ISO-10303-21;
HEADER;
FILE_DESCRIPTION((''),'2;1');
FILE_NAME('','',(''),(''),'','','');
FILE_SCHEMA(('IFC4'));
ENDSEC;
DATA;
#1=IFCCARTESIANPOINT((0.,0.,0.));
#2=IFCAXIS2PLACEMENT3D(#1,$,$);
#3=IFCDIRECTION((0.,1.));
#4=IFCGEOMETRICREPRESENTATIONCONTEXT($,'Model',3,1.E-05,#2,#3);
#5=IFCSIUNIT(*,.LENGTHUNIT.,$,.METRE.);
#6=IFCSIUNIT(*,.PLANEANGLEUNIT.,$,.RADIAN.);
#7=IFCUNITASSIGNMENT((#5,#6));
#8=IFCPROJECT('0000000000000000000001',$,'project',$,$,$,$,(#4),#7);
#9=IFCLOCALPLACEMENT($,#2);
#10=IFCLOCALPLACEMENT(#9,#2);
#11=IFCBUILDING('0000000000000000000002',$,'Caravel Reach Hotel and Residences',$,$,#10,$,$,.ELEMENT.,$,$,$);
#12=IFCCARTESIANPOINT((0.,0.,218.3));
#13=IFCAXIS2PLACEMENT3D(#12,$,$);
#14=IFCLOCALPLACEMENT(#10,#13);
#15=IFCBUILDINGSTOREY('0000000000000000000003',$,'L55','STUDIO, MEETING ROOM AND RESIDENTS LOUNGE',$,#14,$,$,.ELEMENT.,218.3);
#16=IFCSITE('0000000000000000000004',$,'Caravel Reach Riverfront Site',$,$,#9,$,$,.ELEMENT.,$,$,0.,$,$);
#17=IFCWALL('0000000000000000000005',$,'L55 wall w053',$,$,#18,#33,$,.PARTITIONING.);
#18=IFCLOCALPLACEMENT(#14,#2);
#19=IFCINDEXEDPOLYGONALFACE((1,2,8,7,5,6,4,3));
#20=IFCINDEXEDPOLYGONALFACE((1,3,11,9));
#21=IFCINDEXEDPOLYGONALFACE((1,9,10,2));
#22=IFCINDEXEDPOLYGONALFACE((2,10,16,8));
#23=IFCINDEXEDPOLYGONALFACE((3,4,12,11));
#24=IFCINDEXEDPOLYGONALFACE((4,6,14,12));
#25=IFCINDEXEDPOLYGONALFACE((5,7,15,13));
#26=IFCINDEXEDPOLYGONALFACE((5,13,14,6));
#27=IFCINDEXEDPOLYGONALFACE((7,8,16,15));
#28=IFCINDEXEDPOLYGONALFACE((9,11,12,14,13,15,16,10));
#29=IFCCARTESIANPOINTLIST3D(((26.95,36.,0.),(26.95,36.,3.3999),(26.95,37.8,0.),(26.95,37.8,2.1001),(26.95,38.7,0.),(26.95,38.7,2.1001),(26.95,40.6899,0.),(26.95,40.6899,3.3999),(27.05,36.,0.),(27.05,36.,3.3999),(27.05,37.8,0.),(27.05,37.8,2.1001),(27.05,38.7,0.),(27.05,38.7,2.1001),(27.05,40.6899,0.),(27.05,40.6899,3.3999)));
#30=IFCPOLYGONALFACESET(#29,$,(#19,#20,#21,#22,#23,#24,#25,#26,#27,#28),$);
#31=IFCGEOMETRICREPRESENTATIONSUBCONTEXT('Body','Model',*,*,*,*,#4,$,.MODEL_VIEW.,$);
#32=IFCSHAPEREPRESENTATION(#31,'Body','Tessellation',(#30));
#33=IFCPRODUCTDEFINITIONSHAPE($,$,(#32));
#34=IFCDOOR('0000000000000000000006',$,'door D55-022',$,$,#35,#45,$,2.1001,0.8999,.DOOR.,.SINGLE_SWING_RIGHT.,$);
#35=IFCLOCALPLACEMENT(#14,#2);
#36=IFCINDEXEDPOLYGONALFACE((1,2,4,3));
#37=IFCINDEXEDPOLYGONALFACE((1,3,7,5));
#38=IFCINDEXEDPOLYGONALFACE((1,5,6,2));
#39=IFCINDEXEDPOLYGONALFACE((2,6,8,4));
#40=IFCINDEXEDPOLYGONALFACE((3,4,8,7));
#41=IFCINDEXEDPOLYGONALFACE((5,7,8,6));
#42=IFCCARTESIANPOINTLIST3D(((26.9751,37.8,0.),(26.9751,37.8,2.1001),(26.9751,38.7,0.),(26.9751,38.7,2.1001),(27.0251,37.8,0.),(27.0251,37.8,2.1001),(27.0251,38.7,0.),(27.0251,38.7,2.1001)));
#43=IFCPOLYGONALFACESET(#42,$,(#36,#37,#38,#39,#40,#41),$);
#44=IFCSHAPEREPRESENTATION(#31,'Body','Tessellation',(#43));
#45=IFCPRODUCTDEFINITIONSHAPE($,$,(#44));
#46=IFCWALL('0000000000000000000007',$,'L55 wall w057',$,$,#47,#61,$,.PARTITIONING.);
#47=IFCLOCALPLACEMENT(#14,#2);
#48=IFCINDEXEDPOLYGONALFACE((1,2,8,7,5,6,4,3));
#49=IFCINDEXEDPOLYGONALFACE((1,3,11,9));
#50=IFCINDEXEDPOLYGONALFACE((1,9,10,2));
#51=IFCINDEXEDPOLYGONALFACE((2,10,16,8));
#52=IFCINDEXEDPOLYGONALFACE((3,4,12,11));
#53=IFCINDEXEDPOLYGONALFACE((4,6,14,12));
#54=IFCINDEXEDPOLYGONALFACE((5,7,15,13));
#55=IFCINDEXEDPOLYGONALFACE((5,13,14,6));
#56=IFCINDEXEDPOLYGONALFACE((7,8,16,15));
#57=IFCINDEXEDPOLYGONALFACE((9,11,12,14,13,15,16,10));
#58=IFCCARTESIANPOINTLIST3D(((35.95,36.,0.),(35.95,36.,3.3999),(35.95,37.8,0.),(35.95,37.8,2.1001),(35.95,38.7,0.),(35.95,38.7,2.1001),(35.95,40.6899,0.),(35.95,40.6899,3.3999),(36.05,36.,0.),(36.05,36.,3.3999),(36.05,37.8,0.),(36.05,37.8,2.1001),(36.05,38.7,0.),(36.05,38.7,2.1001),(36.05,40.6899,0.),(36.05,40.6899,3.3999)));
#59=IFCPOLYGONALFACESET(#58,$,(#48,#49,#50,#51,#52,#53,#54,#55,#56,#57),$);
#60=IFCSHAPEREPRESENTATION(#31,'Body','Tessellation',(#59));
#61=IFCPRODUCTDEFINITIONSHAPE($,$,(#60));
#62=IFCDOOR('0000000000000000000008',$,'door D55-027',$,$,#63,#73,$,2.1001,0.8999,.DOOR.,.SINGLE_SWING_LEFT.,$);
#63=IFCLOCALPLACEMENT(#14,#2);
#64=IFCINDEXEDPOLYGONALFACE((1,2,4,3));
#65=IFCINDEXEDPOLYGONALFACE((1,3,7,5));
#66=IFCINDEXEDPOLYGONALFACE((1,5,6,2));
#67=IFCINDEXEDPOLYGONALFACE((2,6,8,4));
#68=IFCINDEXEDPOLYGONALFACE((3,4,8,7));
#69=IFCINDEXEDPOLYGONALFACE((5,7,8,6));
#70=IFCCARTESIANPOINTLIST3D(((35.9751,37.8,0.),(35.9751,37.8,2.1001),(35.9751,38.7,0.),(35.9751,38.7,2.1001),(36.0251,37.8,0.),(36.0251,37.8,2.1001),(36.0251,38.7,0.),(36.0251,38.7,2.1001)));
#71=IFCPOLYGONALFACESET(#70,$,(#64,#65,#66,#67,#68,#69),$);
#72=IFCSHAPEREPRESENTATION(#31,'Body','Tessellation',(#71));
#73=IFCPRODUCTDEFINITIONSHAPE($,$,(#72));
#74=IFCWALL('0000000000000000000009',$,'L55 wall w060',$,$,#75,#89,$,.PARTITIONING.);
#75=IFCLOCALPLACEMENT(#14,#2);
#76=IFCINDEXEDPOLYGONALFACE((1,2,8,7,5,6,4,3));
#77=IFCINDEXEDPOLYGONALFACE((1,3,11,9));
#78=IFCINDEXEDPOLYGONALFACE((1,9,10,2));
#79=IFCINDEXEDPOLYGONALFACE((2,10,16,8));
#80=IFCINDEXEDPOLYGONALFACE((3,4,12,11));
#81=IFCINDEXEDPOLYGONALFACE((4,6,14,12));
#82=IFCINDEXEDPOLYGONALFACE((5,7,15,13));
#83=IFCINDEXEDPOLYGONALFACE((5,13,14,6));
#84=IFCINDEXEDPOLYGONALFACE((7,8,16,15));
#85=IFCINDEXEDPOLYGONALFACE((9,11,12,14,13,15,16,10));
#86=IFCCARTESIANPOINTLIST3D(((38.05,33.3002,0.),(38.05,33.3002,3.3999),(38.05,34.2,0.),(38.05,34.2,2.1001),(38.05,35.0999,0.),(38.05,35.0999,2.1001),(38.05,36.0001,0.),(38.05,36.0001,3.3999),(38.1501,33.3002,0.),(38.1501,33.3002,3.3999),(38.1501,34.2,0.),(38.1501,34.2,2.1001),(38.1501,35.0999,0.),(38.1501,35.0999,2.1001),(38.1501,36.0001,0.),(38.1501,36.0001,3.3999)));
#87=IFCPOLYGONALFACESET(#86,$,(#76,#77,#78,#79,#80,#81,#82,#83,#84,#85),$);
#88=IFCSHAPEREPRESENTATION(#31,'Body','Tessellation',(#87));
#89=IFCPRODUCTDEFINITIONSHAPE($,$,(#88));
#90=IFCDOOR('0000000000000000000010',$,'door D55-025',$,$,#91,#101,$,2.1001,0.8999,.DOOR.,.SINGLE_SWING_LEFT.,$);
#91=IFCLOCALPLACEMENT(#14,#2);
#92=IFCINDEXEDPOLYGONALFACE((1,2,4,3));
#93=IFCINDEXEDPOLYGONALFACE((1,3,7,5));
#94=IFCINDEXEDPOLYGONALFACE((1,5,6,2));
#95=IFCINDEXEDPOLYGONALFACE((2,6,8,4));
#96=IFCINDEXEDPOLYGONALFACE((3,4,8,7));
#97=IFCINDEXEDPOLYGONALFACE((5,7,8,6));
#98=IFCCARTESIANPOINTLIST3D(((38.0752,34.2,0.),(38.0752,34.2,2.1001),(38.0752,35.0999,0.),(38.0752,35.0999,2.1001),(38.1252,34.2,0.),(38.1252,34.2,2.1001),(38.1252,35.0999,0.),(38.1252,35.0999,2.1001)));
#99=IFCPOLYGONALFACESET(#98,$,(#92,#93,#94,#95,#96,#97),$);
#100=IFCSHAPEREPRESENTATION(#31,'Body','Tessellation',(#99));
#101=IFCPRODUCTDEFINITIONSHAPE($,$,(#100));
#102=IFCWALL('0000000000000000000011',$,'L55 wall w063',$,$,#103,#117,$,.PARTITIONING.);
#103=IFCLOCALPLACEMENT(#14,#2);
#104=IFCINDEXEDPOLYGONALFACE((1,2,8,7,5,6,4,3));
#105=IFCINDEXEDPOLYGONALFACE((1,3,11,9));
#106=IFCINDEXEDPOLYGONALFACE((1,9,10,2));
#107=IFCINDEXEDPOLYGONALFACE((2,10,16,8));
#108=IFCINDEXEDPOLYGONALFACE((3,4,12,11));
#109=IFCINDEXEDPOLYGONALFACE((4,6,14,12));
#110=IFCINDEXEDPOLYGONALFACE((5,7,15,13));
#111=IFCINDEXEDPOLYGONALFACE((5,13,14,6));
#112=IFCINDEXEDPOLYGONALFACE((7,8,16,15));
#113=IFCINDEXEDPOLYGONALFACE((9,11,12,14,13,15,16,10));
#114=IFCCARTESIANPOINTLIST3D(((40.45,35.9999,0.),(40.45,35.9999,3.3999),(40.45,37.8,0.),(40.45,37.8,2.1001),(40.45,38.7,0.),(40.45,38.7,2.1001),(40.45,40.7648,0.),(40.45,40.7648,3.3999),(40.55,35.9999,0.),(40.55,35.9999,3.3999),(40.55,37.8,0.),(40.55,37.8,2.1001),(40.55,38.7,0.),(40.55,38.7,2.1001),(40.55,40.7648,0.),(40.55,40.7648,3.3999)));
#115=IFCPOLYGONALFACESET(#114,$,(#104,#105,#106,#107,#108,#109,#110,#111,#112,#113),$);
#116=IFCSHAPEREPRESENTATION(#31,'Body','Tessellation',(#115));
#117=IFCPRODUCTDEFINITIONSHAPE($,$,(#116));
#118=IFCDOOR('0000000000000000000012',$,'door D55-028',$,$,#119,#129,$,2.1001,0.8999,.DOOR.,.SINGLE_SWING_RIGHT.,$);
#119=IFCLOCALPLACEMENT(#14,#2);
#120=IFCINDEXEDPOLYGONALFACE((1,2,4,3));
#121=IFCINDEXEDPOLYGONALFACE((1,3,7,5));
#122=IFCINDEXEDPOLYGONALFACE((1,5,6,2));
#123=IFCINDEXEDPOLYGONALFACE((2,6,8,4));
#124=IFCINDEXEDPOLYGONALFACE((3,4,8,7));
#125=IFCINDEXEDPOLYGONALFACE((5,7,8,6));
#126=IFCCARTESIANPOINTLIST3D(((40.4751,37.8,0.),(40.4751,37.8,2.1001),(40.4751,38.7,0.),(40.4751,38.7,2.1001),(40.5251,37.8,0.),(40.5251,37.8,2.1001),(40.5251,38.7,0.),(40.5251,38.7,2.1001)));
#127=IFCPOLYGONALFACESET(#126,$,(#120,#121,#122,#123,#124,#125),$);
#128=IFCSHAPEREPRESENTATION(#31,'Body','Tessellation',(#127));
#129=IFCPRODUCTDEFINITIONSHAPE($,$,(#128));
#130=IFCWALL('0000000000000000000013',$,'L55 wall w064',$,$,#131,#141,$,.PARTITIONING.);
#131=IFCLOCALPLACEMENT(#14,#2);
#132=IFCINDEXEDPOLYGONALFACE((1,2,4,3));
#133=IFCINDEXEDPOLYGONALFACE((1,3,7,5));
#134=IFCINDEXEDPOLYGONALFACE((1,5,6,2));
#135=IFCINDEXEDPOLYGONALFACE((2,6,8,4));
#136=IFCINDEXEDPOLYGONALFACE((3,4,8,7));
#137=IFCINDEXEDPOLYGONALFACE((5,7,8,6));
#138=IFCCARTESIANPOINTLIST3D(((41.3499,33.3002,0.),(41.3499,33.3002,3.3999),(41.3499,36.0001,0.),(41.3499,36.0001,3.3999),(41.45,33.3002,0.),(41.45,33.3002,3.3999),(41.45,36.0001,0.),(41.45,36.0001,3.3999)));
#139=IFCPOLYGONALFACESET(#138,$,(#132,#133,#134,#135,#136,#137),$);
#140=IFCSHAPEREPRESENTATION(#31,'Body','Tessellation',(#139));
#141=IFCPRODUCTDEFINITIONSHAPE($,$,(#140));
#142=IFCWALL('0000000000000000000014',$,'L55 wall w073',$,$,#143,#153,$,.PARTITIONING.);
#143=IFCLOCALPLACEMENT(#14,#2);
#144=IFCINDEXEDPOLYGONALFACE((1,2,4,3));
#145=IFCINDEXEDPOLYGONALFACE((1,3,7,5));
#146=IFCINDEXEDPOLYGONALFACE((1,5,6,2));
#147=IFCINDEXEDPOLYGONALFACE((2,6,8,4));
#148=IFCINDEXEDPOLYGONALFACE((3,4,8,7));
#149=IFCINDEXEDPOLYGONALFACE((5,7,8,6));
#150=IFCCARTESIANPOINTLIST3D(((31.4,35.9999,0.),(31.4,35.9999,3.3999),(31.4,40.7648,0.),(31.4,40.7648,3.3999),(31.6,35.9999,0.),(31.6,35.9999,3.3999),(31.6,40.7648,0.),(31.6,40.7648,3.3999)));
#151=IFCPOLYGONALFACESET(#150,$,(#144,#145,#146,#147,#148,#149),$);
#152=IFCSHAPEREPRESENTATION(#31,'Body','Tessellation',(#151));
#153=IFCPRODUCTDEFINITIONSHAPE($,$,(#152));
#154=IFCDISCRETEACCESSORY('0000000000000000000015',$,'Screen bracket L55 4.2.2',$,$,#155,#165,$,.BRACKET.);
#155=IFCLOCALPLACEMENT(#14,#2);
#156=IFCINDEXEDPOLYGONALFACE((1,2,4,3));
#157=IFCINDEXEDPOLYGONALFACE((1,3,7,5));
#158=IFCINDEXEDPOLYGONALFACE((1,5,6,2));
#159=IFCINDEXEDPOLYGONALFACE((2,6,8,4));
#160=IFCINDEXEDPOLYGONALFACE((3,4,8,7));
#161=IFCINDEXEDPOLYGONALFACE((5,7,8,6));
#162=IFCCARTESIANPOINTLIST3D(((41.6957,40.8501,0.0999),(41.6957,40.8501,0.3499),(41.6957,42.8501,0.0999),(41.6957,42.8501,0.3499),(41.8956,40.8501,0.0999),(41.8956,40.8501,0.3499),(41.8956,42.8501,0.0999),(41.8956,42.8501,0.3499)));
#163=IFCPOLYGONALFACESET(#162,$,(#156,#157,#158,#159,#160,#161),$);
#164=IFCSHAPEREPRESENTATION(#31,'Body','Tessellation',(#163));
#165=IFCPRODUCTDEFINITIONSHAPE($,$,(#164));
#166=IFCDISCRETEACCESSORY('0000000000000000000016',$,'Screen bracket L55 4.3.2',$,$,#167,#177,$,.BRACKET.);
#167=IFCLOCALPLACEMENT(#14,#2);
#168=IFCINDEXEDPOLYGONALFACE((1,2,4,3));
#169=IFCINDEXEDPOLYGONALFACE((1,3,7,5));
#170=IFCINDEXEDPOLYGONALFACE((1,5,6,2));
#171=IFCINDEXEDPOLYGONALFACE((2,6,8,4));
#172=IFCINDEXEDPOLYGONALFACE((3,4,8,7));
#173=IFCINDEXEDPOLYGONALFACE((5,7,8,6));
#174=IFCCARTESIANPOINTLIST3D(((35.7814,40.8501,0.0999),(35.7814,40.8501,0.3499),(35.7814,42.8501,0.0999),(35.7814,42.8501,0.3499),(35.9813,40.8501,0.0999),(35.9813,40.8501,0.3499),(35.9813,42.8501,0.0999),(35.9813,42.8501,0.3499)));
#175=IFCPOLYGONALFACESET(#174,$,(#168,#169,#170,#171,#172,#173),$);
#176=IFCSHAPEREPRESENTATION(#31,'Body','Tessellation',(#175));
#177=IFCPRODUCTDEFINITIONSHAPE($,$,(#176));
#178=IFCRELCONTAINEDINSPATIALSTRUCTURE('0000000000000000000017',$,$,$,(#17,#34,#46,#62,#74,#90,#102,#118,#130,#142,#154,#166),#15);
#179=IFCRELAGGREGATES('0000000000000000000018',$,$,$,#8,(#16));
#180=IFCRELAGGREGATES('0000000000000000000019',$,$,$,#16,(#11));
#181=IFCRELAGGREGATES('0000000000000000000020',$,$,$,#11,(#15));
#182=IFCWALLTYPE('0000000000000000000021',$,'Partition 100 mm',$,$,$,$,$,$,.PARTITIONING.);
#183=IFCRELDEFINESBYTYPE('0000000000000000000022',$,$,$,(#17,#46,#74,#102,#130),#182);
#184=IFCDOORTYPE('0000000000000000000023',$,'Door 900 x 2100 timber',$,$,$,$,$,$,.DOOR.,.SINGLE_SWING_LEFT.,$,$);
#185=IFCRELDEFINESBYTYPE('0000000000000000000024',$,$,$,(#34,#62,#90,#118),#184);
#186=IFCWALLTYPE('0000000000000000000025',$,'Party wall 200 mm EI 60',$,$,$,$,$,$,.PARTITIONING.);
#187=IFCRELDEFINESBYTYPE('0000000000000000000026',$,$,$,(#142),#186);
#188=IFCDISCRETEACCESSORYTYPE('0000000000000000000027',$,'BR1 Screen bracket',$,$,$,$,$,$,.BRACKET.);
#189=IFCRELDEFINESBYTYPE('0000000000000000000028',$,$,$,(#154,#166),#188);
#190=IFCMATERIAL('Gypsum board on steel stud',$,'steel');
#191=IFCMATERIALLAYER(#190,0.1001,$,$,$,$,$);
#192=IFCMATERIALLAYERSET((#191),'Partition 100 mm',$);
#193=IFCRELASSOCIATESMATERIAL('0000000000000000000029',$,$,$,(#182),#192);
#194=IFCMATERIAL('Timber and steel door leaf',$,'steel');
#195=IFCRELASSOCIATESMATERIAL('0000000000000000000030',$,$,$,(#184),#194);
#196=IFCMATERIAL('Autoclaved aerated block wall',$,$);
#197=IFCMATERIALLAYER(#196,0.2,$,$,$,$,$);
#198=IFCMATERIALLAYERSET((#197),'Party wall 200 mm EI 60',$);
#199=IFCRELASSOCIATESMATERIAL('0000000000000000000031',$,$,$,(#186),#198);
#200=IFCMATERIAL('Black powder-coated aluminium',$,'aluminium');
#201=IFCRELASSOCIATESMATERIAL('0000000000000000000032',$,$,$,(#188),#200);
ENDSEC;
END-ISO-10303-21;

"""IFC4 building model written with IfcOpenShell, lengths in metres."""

from ifc_helpers import new_model, si_unit, direction, frame, frame_2d, origin, origin_2d, place, context, subcontext, project, spatial, rectangle, extrude, material, layer, layer_set, type_object, element, fill, save


model = new_model("IFC4")

# Units and contexts
model_context = context("Model", 3, precision=1e-05, world=origin(), true_north=direction((0.0, 1.0)))
body_context = subcontext(model_context, "Body", "Model", "MODEL_VIEW")
ifc_project = project(units=[si_unit("LENGTHUNIT", "METRE"), si_unit("PLANEANGLEUNIT", "RADIAN")], contexts=[model_context])

# Site, building, storey
site_placement = place(None, origin())
site = spatial("IfcSite", under=ifc_project, at=site_placement, Name="Caravel Reach Riverfront Site", CompositionType="ELEMENT", RefElevation=0.0)
building_placement = place(site_placement, origin())
building = spatial("IfcBuilding", under=site, at=building_placement, Name="Caravel Reach Hotel and Residences", CompositionType="ELEMENT")
storey_placement = place(building_placement, frame((0.0, 0.0, 218.3)))
storey = spatial("IfcBuildingStorey", under=building, at=storey_placement, Name="L55", Description="STUDIO, MEETING ROOM AND RESIDENTS LOUNGE", CompositionType="ELEMENT", Elevation=218.3)

# Shared definitions
ifc_material_1 = material(Name="Gypsum board on steel stud", Category="steel")
ifc_layer_1 = layer(ifc_material_1, 0.1001)
ifc_layer_set_1 = layer_set([ifc_layer_1], Name="Partition 100 mm")
wall_type_1 = type_object("IfcWallType", Name="Partition 100 mm", PredefinedType="PARTITIONING", material=ifc_layer_set_1)

# Walls, openings, doors
ifc_material_2 = material(Name="Timber and steel door leaf", Category="steel")
door_type_1 = type_object("IfcDoorType", Name="Door 900 x 2100 timber", OperationType="SINGLE_SWING_LEFT", PredefinedType="DOOR", material=ifc_material_2)
wall_1_placement = place(storey_placement, frame((27.0, 36.0, 0.0), z_axis=(0.0, 0.0, 1.0), x_axis=(0.0, 1.0, 0.0)))
wall_1 = element("IfcWall", 1, at=wall_1_placement, inside=storey, type_object=wall_type_1, Name="L55 wall w053", PredefinedType="PARTITIONING", context=body_context, shape_type="SweptSolid", body=[
    extrude(rectangle(XDim=4.6899, YDim=0.1001, at=frame_2d((2.345, 0.0))), origin(), (0.0, 0.0, 1.0), 3.3999),
])
opening_1_placement = place(wall_1_placement, frame((1.8, 0.0, 0.0)))
opening_1 = element("IfcOpeningElement", 2, at=opening_1_placement, cuts=wall_1, PredefinedType="OPENING", context=body_context, shape_type="SweptSolid", body=[
    extrude(rectangle(XDim=0.8999, YDim=2.1001, at=frame_2d((0.45, 1.05))), frame((0.0, 0.0601, 0.0), z_axis=(0.0, -1.0, 0.0), x_axis=(1.0, 0.0, 0.0)), (0.0, 0.0, 1.0), 0.1201),
])
door_1_placement = place(opening_1_placement, origin())
door_1 = element("IfcDoor", 3, at=door_1_placement, inside=storey, type_object=door_type_1, Name="door D55-022", OperationType="SINGLE_SWING_RIGHT", OverallHeight=2.1001, OverallWidth=0.8999, PredefinedType="DOOR", context=body_context, shape_type="SweptSolid", body=[
    extrude(rectangle(XDim=0.8999, YDim=2.1001, at=frame_2d((0.45, 1.05))), frame((0.0, 0.0249, 0.0), z_axis=(0.0, -1.0, 0.0), x_axis=(1.0, 0.0, 0.0)), (0.0, 0.0, 1.0), 0.05),
])
fill(opening_1, door_1)
wall_2_placement = place(storey_placement, frame((36.0, 36.0, 0.0), z_axis=(0.0, 0.0, 1.0), x_axis=(0.0, 1.0, 0.0)))
wall_2 = element("IfcWall", 4, at=wall_2_placement, inside=storey, type_object=wall_type_1, Name="L55 wall w057", PredefinedType="PARTITIONING", context=body_context, shape_type="SweptSolid", body=[
    extrude(rectangle(XDim=4.6899, YDim=0.1001, at=frame_2d((2.345, 0.0))), origin(), (0.0, 0.0, 1.0), 3.3999),
])
opening_2_placement = place(wall_2_placement, frame((1.8, 0.0, 0.0)))
opening_2 = element("IfcOpeningElement", 5, at=opening_2_placement, cuts=wall_2, PredefinedType="OPENING", context=body_context, shape_type="SweptSolid", body=[
    extrude(rectangle(XDim=0.8999, YDim=2.1001, at=frame_2d((0.45, 1.05))), frame((0.0, 0.0601, 0.0), z_axis=(0.0, -1.0, 0.0), x_axis=(1.0, 0.0, 0.0)), (0.0, 0.0, 1.0), 0.1201),
])
door_2_placement = place(opening_2_placement, origin())
door_2 = element("IfcDoor", 6, at=door_2_placement, inside=storey, type_object=door_type_1, Name="door D55-027", OperationType="SINGLE_SWING_LEFT", OverallHeight=2.1001, OverallWidth=0.8999, PredefinedType="DOOR", context=body_context, shape_type="SweptSolid", body=[
    extrude(rectangle(XDim=0.8999, YDim=2.1001, at=frame_2d((0.45, 1.05))), frame((0.0, 0.0249, 0.0), z_axis=(0.0, -1.0, 0.0), x_axis=(1.0, 0.0, 0.0)), (0.0, 0.0, 1.0), 0.05),
])
fill(opening_2, door_2)
wall_3_placement = place(storey_placement, frame((38.1001, 33.3, 0.0), z_axis=(0.0, 0.0, 1.0), x_axis=(0.0, 1.0, 0.0)))
wall_3 = element("IfcWall", 7, at=wall_3_placement, inside=storey, type_object=wall_type_1, Name="L55 wall w060", PredefinedType="PARTITIONING", context=body_context, shape_type="SweptSolid", body=[
    extrude(rectangle(XDim=2.7, YDim=0.1001, at=frame_2d((1.3501, 0.0))), origin(), (0.0, 0.0, 1.0), 3.3999),
])
opening_3_placement = place(wall_3_placement, frame((0.8999, 0.0, 0.0)))
opening_3 = element("IfcOpeningElement", 8, at=opening_3_placement, cuts=wall_3, PredefinedType="OPENING", context=body_context, shape_type="SweptSolid", body=[
    extrude(rectangle(XDim=0.8999, YDim=2.1001, at=frame_2d((0.45, 1.05))), frame((0.0, 0.0601, 0.0), z_axis=(0.0, -1.0, 0.0), x_axis=(1.0, 0.0, 0.0)), (0.0, 0.0, 1.0), 0.1201),
])
door_3_placement = place(opening_3_placement, origin())
door_3 = element("IfcDoor", 9, at=door_3_placement, inside=storey, type_object=door_type_1, Name="door D55-025", OperationType="SINGLE_SWING_LEFT", OverallHeight=2.1001, OverallWidth=0.8999, PredefinedType="DOOR", context=body_context, shape_type="SweptSolid", body=[
    extrude(rectangle(XDim=0.8999, YDim=2.1001, at=frame_2d((0.45, 1.05))), frame((0.0, 0.0249, 0.0), z_axis=(0.0, -1.0, 0.0), x_axis=(1.0, 0.0, 0.0)), (0.0, 0.0, 1.0), 0.05),
])
fill(opening_3, door_3)
wall_4_placement = place(storey_placement, frame((40.5, 36.0, 0.0), z_axis=(0.0, 0.0, 1.0), x_axis=(0.0, 1.0, 0.0)))
wall_4 = element("IfcWall", 10, at=wall_4_placement, inside=storey, type_object=wall_type_1, Name="L55 wall w063", PredefinedType="PARTITIONING", context=body_context, shape_type="SweptSolid", body=[
    extrude(rectangle(XDim=4.7649, YDim=0.1001, at=frame_2d((2.3823, 0.0))), origin(), (0.0, 0.0, 1.0), 3.3999),
])
opening_4_placement = place(wall_4_placement, frame((1.8, 0.0, 0.0)))
opening_4 = element("IfcOpeningElement", 11, at=opening_4_placement, cuts=wall_4, PredefinedType="OPENING", context=body_context, shape_type="SweptSolid", body=[
    extrude(rectangle(XDim=0.8999, YDim=2.1001, at=frame_2d((0.45, 1.05))), frame((0.0, 0.0601, 0.0), z_axis=(0.0, -1.0, 0.0), x_axis=(1.0, 0.0, 0.0)), (0.0, 0.0, 1.0), 0.1201),
])
door_4_placement = place(opening_4_placement, origin())
door_4 = element("IfcDoor", 12, at=door_4_placement, inside=storey, type_object=door_type_1, Name="door D55-028", OperationType="SINGLE_SWING_RIGHT", OverallHeight=2.1001, OverallWidth=0.8999, PredefinedType="DOOR", context=body_context, shape_type="SweptSolid", body=[
    extrude(rectangle(XDim=0.8999, YDim=2.1001, at=frame_2d((0.45, 1.05))), frame((0.0, 0.0249, 0.0), z_axis=(0.0, -1.0, 0.0), x_axis=(1.0, 0.0, 0.0)), (0.0, 0.0, 1.0), 0.05),
])
fill(opening_4, door_4)

# Walls
wall_5_placement = place(storey_placement, frame((41.3999, 33.3, 0.0), z_axis=(0.0, 0.0, 1.0), x_axis=(0.0, 1.0, 0.0)))
element("IfcWall", 13, at=wall_5_placement, inside=storey, type_object=wall_type_1, Name="L55 wall w064", PredefinedType="PARTITIONING", context=body_context, shape_type="SweptSolid", body=[
    extrude(rectangle(XDim=2.7, YDim=0.1001, at=frame_2d((1.3501, 0.0))), origin(), (0.0, 0.0, 1.0), 3.3999),
])
ifc_material_3 = material(Name="Autoclaved aerated block wall")
ifc_layer_2 = layer(ifc_material_3, 0.2)
ifc_layer_set_2 = layer_set([ifc_layer_2], Name="Party wall 200 mm EI 60")
wall_type_2 = type_object("IfcWallType", Name="Party wall 200 mm EI 60", PredefinedType="PARTITIONING", material=ifc_layer_set_2)
wall_6_placement = place(storey_placement, frame((31.5, 36.0, 0.0), z_axis=(0.0, 0.0, 1.0), x_axis=(0.0, 1.0, 0.0)))
element("IfcWall", 14, at=wall_6_placement, inside=storey, type_object=wall_type_2, Name="L55 wall w073", PredefinedType="PARTITIONING", context=body_context, shape_type="SweptSolid", body=[
    extrude(rectangle(XDim=4.7649, YDim=0.2, at=frame_2d((2.3823, 0.0))), origin(), (0.0, 0.0, 1.0), 3.3999),
])

# Discrete accessories
ifc_material_4 = material(Name="Black powder-coated aluminium", Category="aluminium")
discrete_accessory_type = type_object("IfcDiscreteAccessoryType", Name="BR1 Screen bracket", PredefinedType="BRACKET", material=ifc_material_4)
for number, where, z_axis, x_axis, name in (
    (15, (41.7957, 41.8501, 0.0999), (0.0, 0.0, 1.0), (0.0, 1.0, 0.0), "Screen bracket L55 4.2.2"),
    (16, (35.8813, 41.8501, 0.0999), (0.0, 0.0, 1.0), (0.0, 1.0, 0.0), "Screen bracket L55 4.3.2"),
):
    element("IfcDiscreteAccessory", number, at=place(storey_placement, frame(where, z_axis=z_axis, x_axis=x_axis)), inside=storey, type_object=discrete_accessory_type, Name=name, PredefinedType="BRACKET", context=body_context, shape_type="SweptSolid", body=[
        extrude(rectangle(XDim=2.0, YDim=0.2, at=origin_2d()), origin(), (0.0, 0.0, 1.0), 0.25),
    ])

save(model, "model.ifc")
